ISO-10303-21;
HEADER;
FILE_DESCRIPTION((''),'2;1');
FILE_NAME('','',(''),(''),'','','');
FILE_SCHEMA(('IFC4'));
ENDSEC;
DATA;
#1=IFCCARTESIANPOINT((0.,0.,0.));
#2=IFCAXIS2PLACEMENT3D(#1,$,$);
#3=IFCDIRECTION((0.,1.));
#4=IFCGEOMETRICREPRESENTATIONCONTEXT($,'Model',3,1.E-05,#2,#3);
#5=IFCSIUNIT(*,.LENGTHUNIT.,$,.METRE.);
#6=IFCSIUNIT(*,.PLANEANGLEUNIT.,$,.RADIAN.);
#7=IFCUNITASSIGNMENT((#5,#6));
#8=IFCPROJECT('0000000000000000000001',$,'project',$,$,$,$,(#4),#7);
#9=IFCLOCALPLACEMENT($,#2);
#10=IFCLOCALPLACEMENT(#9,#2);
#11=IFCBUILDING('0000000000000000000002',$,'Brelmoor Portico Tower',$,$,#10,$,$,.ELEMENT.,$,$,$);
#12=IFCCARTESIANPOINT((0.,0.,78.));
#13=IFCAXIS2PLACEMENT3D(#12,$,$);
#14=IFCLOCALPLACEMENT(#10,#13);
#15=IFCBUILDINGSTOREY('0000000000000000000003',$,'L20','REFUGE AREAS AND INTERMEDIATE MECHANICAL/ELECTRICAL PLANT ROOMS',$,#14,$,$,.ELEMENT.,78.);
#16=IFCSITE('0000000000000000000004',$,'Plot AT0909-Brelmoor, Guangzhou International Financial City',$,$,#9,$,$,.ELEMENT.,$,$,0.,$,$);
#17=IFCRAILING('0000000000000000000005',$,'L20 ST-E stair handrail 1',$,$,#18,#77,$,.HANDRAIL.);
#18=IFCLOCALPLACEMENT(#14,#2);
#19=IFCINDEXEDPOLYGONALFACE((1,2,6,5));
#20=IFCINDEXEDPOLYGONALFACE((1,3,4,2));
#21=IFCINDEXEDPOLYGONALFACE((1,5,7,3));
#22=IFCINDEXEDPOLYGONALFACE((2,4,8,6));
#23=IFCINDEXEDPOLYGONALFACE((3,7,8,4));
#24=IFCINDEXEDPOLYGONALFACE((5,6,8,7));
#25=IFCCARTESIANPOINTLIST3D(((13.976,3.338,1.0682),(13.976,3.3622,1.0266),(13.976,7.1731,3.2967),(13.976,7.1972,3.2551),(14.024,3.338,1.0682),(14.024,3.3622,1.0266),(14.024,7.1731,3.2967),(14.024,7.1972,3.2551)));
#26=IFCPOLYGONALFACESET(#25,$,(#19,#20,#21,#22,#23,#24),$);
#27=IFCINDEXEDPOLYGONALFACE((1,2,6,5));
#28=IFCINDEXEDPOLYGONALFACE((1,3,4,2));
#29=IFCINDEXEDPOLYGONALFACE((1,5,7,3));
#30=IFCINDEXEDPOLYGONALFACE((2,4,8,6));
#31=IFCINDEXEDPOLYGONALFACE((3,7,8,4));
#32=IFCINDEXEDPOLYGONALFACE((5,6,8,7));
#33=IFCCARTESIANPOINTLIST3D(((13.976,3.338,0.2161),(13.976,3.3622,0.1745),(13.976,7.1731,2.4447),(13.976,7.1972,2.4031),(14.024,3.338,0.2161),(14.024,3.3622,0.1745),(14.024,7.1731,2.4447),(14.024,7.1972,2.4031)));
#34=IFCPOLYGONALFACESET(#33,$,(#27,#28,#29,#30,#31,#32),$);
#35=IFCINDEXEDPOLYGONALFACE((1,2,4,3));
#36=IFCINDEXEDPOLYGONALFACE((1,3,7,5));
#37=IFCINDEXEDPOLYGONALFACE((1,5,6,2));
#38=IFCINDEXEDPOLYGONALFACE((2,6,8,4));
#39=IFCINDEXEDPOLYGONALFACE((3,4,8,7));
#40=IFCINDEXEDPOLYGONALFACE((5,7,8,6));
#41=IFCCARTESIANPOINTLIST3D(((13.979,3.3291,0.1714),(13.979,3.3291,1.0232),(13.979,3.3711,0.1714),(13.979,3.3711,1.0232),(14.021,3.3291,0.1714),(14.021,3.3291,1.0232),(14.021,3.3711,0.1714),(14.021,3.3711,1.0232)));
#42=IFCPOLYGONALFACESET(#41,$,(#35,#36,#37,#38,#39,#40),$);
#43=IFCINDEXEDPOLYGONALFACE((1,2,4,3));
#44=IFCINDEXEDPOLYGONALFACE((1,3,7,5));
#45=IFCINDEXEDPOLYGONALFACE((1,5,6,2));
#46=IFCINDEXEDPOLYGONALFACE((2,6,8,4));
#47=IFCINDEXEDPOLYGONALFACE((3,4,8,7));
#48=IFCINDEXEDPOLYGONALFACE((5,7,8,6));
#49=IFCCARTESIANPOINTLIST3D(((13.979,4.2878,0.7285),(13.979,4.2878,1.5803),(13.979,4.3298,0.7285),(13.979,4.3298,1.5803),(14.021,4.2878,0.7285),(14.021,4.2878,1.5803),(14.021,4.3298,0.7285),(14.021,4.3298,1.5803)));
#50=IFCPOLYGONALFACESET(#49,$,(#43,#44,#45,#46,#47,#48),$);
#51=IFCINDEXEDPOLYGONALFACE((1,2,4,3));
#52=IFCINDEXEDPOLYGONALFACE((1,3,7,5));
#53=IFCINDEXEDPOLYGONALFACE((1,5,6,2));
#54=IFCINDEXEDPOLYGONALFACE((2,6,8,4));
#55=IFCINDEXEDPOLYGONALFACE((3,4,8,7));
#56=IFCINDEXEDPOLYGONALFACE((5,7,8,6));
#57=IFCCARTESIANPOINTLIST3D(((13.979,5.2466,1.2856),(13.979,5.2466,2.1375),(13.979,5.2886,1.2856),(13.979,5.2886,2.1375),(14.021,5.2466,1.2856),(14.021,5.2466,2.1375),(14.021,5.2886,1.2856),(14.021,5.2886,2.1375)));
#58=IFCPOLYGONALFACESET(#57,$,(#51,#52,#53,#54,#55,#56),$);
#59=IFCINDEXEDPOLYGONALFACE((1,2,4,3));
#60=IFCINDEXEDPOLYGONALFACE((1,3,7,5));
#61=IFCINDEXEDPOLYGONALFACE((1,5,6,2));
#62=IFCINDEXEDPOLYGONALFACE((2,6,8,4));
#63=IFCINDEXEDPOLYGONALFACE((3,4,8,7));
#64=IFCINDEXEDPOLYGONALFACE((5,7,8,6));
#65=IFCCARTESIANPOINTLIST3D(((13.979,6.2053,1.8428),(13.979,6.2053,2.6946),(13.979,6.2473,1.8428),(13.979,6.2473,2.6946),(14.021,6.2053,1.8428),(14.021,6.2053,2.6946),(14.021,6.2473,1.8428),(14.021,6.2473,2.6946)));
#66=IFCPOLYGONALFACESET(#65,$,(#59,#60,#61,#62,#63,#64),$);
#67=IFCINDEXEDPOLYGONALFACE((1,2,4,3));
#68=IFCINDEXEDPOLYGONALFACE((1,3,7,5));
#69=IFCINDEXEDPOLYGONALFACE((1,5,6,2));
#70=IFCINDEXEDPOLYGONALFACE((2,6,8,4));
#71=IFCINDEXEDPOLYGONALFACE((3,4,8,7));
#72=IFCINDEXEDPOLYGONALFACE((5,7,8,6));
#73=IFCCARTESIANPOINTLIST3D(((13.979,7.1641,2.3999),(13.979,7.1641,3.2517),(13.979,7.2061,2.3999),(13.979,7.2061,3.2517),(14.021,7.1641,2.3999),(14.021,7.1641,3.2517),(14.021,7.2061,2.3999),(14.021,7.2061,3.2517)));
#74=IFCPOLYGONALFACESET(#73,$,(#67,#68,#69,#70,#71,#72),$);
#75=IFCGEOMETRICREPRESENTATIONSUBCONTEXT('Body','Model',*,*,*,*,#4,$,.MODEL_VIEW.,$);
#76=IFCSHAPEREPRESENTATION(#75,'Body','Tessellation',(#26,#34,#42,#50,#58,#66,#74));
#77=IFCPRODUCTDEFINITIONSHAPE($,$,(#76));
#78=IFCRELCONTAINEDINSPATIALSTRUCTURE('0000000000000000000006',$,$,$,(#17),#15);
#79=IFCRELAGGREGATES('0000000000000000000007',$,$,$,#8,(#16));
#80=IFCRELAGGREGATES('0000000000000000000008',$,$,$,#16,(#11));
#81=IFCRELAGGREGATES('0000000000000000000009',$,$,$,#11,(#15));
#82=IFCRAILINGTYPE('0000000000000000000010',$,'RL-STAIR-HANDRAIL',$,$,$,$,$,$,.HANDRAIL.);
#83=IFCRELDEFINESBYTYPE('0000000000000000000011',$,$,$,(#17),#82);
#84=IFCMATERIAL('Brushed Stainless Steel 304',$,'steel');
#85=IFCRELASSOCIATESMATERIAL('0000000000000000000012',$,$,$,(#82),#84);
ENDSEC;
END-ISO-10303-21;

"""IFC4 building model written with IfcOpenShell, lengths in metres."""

from ifc_helpers import new_model, si_unit, direction, frame, origin, origin_2d, place, context, subcontext, project, spatial, rectangle, extrude, material, type_object, element, save


model = new_model("IFC4")

# Units and contexts
model_context = context("Model", 3, precision=1e-05, world=origin(), true_north=direction((0.0, 1.0)))
body_context = subcontext(model_context, "Body", "Model", "MODEL_VIEW")
ifc_project = project(units=[si_unit("LENGTHUNIT", "METRE"), si_unit("PLANEANGLEUNIT", "RADIAN")], contexts=[model_context])

# Site, building, storey
site_placement = place(None, origin())
site = spatial("IfcSite", under=ifc_project, at=site_placement, Name="Plot AT0909-Brelmoor, Guangzhou International Financial City", CompositionType="ELEMENT", RefElevation=0.0)
building_placement = place(site_placement, origin())
building = spatial("IfcBuilding", under=site, at=building_placement, Name="Brelmoor Portico Tower", CompositionType="ELEMENT")
storey_placement = place(building_placement, frame((0.0, 0.0, 78.0)))
storey = spatial("IfcBuildingStorey", under=building, at=storey_placement, Name="L20", Description="REFUGE AREAS AND INTERMEDIATE MECHANICAL/ELECTRICAL PLANT ROOMS", CompositionType="ELEMENT", Elevation=78.0)

# Railing
ifc_material_1 = material(Name="Brushed Stainless Steel 304", Category="steel")
railing_type_1 = type_object("IfcRailingType", Name="RL-STAIR-HANDRAIL", PredefinedType="HANDRAIL", material=ifc_material_1)
railing_1_placement = place(storey_placement, frame((14.0, 3.3501, 0.1714)))
element("IfcRailing", 1, at=railing_1_placement, inside=storey, type_object=railing_type_1, Name="L20 ST-E stair handrail 1", PredefinedType="HANDRAIL", context=body_context, shape_type="SweptSolid", body=[
    extrude(rectangle(XDim=0.0481, YDim=0.0481, at=origin_2d()), frame((0.0, 0.0, 0.876), z_axis=(0.0, 0.864616, 0.502433), x_axis=(-1.0, 0.0, 0.0)), (0.0, 0.0, 1.0), 4.4355),
    extrude(rectangle(XDim=0.0481, YDim=0.0481, at=origin_2d()), frame((0.0, 0.0, 0.0239), z_axis=(0.0, 0.864616, 0.502433), x_axis=(-1.0, 0.0, 0.0)), (0.0, 0.0, 1.0), 4.4355),
    extrude(rectangle(XDim=0.042, YDim=0.042, at=origin_2d()), origin(), (0.0, 0.0, 1.0), 0.8518),
    extrude(rectangle(XDim=0.042, YDim=0.042, at=origin_2d()), frame((0.0, 0.9587, 0.5571)), (0.0, 0.0, 1.0), 0.8518),
    extrude(rectangle(XDim=0.042, YDim=0.042, at=origin_2d()), frame((0.0, 1.9175, 1.1143)), (0.0, 0.0, 1.0), 0.8518),
    extrude(rectangle(XDim=0.042, YDim=0.042, at=origin_2d()), frame((0.0, 2.8762, 1.6714)), (0.0, 0.0, 1.0), 0.8518),
    extrude(rectangle(XDim=0.042, YDim=0.042, at=origin_2d()), frame((0.0, 3.835, 2.2285)), (0.0, 0.0, 1.0), 0.8518),
])

save(model, "model.ifc")
